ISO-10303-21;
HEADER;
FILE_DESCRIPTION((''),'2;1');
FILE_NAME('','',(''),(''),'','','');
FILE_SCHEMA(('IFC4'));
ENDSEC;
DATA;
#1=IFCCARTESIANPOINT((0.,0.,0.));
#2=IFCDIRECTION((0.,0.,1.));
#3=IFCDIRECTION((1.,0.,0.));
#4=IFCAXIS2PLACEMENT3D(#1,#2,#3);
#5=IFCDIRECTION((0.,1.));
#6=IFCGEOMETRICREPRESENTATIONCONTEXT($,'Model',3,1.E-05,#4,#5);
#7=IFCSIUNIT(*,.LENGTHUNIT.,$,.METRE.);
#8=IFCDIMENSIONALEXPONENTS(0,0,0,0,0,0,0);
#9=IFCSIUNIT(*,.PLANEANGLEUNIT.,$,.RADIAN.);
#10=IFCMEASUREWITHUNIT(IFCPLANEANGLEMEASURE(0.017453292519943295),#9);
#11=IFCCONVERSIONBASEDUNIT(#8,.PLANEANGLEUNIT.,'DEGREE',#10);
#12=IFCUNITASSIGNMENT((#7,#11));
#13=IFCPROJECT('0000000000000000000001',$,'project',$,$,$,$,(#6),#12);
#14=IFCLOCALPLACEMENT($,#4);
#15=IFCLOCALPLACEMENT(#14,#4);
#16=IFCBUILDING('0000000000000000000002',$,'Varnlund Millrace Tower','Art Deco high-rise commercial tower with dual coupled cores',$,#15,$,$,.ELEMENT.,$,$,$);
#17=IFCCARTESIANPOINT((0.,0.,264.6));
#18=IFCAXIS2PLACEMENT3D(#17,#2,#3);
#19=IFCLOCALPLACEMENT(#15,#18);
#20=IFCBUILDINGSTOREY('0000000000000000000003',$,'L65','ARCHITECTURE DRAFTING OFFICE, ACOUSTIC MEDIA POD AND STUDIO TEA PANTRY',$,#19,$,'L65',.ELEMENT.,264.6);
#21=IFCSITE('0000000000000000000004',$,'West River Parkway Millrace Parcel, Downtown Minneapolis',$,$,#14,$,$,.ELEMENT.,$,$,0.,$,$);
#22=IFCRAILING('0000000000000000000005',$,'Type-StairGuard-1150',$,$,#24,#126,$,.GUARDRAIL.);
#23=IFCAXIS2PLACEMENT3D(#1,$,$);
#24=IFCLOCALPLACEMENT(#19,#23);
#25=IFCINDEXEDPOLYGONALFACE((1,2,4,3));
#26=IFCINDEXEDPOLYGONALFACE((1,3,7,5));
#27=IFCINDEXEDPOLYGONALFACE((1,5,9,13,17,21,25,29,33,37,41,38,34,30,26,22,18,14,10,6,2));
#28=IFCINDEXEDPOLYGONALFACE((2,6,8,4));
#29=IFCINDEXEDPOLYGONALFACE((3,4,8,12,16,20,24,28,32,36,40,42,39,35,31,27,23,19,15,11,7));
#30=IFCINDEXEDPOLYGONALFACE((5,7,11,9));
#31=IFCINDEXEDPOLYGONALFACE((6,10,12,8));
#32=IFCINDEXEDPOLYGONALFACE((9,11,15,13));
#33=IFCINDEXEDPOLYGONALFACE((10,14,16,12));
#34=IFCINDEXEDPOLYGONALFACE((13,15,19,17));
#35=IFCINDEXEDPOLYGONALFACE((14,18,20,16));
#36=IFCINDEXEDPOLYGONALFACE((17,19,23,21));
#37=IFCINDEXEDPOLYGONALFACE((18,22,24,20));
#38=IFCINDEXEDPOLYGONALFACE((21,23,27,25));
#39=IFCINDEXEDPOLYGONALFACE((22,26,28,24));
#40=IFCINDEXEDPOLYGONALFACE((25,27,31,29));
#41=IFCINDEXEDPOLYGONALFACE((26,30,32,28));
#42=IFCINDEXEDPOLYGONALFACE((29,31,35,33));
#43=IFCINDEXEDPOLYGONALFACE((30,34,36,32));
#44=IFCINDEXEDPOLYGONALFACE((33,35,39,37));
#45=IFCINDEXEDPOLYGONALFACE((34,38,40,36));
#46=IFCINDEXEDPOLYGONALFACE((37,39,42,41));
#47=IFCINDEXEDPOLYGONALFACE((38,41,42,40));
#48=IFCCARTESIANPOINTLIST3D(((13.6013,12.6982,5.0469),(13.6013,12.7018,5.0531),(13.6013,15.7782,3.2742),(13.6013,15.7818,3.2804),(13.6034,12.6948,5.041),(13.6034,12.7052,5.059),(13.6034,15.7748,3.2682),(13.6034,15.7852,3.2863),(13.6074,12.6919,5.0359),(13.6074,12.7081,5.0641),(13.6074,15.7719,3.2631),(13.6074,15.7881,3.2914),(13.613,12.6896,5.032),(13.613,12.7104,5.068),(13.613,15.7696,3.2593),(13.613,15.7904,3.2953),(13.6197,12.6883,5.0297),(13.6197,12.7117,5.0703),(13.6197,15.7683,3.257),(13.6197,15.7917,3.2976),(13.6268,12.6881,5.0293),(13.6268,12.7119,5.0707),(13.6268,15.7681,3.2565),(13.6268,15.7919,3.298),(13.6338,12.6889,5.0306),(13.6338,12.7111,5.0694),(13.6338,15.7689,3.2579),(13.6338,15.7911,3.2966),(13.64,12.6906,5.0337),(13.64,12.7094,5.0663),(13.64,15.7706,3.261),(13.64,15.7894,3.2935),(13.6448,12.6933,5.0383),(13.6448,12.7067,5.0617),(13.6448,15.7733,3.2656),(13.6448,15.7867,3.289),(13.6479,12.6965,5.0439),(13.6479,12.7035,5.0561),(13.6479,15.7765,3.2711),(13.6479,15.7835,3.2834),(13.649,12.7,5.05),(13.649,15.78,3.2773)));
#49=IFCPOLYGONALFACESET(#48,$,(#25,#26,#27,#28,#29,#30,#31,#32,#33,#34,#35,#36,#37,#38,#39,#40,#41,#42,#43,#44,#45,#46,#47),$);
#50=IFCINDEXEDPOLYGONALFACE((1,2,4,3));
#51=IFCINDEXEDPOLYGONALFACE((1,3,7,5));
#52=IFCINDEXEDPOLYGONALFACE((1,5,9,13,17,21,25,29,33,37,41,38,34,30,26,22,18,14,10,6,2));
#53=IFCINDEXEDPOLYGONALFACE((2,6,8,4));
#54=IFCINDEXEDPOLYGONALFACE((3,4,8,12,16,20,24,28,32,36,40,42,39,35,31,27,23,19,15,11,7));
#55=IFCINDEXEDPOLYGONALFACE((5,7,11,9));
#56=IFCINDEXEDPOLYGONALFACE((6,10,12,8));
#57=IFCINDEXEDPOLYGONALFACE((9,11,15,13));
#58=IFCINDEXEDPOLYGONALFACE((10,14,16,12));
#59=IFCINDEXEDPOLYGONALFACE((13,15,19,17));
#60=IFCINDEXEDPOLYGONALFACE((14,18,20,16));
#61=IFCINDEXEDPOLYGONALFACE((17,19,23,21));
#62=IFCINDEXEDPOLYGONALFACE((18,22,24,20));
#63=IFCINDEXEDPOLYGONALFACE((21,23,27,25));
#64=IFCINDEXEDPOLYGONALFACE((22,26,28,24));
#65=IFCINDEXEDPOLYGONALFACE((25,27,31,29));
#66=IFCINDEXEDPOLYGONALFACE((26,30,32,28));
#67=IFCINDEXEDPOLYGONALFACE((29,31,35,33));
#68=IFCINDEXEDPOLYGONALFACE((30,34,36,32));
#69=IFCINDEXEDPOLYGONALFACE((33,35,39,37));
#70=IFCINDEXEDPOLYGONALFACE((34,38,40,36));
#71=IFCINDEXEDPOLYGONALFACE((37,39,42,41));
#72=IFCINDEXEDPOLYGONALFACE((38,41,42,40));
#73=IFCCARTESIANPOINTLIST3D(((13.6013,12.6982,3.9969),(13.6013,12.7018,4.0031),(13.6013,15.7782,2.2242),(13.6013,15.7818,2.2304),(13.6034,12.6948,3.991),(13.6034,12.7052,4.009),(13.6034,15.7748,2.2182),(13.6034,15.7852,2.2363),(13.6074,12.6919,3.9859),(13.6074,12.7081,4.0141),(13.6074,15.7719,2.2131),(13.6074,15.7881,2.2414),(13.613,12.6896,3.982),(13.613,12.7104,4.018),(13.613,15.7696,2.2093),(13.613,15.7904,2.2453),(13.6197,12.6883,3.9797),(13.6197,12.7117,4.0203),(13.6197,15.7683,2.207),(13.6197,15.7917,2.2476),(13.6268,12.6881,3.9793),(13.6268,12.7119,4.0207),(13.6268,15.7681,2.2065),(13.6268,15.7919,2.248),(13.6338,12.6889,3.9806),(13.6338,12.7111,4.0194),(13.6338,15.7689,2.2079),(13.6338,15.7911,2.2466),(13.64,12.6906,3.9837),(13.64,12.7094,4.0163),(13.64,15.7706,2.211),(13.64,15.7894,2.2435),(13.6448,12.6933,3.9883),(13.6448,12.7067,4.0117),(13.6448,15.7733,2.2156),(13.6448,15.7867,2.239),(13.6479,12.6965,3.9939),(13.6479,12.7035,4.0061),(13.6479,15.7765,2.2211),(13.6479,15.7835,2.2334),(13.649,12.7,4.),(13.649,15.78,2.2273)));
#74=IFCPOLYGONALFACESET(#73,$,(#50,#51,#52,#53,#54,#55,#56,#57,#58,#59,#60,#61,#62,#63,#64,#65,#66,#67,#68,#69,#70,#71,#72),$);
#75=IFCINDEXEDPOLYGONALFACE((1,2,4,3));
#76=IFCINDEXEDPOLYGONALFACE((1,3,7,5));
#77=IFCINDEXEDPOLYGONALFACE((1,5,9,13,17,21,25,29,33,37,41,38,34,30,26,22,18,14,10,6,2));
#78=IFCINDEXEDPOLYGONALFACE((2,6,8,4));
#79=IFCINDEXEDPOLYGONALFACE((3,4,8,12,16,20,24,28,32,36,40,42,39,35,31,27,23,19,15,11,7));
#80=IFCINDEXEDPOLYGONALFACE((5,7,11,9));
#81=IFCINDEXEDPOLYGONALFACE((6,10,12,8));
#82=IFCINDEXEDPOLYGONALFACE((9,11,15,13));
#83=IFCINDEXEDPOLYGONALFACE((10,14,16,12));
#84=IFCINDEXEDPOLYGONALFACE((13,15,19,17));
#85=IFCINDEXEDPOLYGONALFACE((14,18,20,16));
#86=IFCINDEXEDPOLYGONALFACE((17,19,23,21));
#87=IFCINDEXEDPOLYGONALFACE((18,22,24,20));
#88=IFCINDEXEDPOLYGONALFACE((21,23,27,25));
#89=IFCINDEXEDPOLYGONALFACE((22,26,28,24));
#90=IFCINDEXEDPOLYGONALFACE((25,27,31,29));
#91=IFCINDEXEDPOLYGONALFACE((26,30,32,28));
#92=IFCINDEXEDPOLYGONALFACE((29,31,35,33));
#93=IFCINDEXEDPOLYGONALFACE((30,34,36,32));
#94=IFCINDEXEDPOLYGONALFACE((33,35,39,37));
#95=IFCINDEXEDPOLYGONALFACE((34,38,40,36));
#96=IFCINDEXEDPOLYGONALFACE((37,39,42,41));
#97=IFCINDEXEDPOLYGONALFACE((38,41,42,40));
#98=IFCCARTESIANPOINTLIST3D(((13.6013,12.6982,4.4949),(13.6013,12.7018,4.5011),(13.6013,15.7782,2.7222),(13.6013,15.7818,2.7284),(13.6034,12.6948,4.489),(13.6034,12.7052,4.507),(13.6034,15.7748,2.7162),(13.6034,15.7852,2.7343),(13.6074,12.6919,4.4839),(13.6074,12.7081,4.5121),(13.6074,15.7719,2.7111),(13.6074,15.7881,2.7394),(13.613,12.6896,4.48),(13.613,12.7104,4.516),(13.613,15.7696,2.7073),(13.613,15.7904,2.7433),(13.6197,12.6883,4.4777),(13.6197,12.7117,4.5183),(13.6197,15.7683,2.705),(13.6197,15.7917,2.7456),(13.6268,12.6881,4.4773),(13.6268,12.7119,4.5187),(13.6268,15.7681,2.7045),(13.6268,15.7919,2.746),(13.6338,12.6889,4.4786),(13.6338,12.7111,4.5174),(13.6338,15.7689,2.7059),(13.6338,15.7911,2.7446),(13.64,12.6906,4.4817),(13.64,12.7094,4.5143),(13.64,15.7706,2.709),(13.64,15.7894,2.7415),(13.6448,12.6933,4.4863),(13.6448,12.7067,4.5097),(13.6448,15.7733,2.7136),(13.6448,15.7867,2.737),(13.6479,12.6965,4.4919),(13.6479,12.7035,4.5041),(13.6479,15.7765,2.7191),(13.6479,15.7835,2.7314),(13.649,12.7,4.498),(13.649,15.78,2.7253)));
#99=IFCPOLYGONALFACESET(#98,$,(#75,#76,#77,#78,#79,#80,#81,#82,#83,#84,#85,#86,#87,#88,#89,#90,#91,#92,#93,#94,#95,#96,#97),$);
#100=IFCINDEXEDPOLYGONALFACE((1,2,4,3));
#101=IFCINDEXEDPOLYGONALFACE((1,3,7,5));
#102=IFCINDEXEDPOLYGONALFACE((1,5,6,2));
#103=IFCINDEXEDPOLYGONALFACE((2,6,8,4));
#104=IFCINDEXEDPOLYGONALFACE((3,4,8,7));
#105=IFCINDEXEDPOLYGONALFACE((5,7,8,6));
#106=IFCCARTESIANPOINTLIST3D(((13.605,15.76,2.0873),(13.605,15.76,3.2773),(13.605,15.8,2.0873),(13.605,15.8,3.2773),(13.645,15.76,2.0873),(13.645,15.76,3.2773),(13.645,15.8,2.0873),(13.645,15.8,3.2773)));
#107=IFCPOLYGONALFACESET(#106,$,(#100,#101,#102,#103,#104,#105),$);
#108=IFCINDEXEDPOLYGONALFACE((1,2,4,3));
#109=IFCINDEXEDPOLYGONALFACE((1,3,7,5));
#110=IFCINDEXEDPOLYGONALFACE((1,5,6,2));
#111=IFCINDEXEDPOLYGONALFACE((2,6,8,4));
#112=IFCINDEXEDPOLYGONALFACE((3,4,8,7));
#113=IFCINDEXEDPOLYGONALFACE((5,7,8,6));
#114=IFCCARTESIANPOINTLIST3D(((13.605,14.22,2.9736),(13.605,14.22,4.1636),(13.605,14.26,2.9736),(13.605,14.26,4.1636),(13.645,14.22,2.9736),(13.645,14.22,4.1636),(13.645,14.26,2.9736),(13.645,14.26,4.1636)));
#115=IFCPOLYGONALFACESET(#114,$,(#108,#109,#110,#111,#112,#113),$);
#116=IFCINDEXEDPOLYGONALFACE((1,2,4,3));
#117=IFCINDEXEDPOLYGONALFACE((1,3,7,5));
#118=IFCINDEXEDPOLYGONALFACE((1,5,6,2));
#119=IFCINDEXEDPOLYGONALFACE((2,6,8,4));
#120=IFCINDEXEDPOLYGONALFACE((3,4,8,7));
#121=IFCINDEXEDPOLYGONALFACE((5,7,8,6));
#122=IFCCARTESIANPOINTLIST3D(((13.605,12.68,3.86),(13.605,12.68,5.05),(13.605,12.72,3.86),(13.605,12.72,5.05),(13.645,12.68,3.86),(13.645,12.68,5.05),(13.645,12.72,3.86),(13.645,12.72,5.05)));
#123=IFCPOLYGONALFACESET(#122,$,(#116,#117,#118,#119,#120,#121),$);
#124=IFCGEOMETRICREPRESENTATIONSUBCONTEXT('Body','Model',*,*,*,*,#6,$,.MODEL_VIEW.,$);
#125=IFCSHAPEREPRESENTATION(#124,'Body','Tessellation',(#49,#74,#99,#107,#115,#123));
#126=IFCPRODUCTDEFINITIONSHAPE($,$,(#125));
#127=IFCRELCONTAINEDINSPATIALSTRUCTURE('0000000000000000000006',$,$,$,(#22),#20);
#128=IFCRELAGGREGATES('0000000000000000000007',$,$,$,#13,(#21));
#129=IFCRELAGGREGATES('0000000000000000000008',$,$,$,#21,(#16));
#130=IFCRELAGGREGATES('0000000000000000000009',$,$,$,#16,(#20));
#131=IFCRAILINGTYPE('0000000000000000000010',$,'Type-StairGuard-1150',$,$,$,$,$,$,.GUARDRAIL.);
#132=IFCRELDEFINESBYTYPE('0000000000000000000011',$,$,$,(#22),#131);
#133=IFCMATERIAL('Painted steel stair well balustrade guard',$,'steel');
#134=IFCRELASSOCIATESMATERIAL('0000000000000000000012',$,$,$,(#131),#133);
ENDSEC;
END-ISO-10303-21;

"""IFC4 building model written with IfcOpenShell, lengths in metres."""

from ifc_helpers import new_model, entity, si_unit, converted_unit, direction, frame, origin_with_axes, origin_2d_with_axis, place, context, subcontext, project, spatial, rectangle, circle, extrude, material, type_object, element, save


model = new_model("IFC4")

# Units and contexts
model_context = context("Model", 3, precision=1e-05, world=origin_with_axes(), true_north=direction((0.0, 1.0)))
body_context = subcontext(model_context, "Body", "Model", "MODEL_VIEW")
ifc_project = project(units=[si_unit("LENGTHUNIT", "METRE"), converted_unit("PLANEANGLEUNIT", "DEGREE", entity("IfcPlaneAngleMeasure", 0.017453292519943295), si_unit("PLANEANGLEUNIT", "RADIAN"), dimensions=[0, 0, 0, 0, 0, 0, 0])], contexts=[model_context])

# Site, building, storey
site_placement = place(None, origin_with_axes())
site = spatial("IfcSite", under=ifc_project, at=site_placement, Name="West River Parkway Millrace Parcel, Downtown Minneapolis", CompositionType="ELEMENT", RefElevation=0.0)
building_placement = place(site_placement, origin_with_axes())
building = spatial("IfcBuilding", under=site, at=building_placement, Name="Varnlund Millrace Tower", Description="Art Deco high-rise commercial tower with dual coupled cores", CompositionType="ELEMENT")
storey_placement = place(building_placement, frame((0.0, 0.0, 264.6), z_axis=(0.0, 0.0, 1.0), x_axis=(1.0, 0.0, 0.0)))
storey = spatial("IfcBuildingStorey", under=building, at=storey_placement, Name="L65", Description="ARCHITECTURE DRAFTING OFFICE, ACOUSTIC MEDIA POD AND STUDIO TEA PANTRY", LongName="L65", CompositionType="ELEMENT", Elevation=264.6)

# Railing
ifc_material_1 = material(Name="Painted steel stair well balustrade guard", Category="steel")
railing_type_1 = type_object("IfcRailingType", Name="Type-StairGuard-1150", PredefinedType="GUARDRAIL", material=ifc_material_1)
railing_1_placement = place(storey_placement, frame((0.0, 0.0, -264.6), z_axis=(0.0, 0.0, 1.0), x_axis=(1.0, 0.0, 0.0)))
element("IfcRailing", 1, at=railing_1_placement, inside=storey, type_object=railing_type_1, Name="Type-StairGuard-1150", PredefinedType="GUARDRAIL", context=body_context, shape_type="SweptSolid", body=[
    extrude(circle(Radius=0.024, at=origin_2d_with_axis()), frame((13.625, 15.78, 267.8773), z_axis=(0.0, -0.866696, 0.498836), x_axis=(1.0, 0.0, 0.0)), (0.0, 0.0, 1.0), 3.5537),
    extrude(circle(Radius=0.024, at=origin_2d_with_axis()), frame((13.625, 15.78, 266.8273), z_axis=(0.0, -0.866696, 0.498836), x_axis=(1.0, 0.0, 0.0)), (0.0, 0.0, 1.0), 3.5537),
    extrude(circle(Radius=0.024, at=origin_2d_with_axis()), frame((13.625, 15.78, 267.3253), z_axis=(0.0, -0.866696, 0.498836), x_axis=(1.0, 0.0, 0.0)), (0.0, 0.0, 1.0), 3.5537),
    extrude(rectangle(XDim=0.04, YDim=0.04, at=origin_2d_with_axis()), frame((13.625, 15.78, 266.6873), z_axis=(0.0, 0.0, 1.0), x_axis=(1.0, 0.0, 0.0)), (0.0, 0.0, 1.0), 1.19),
    extrude(rectangle(XDim=0.04, YDim=0.04, at=origin_2d_with_axis()), frame((13.625, 14.24, 267.5736), z_axis=(0.0, 0.0, 1.0), x_axis=(1.0, 0.0, 0.0)), (0.0, 0.0, 1.0), 1.19),
    extrude(rectangle(XDim=0.04, YDim=0.04, at=origin_2d_with_axis()), frame((13.625, 12.7, 268.46), z_axis=(0.0, 0.0, 1.0), x_axis=(1.0, 0.0, 0.0)), (0.0, 0.0, 1.0), 1.19),
])

save(model, "model.ifc")
